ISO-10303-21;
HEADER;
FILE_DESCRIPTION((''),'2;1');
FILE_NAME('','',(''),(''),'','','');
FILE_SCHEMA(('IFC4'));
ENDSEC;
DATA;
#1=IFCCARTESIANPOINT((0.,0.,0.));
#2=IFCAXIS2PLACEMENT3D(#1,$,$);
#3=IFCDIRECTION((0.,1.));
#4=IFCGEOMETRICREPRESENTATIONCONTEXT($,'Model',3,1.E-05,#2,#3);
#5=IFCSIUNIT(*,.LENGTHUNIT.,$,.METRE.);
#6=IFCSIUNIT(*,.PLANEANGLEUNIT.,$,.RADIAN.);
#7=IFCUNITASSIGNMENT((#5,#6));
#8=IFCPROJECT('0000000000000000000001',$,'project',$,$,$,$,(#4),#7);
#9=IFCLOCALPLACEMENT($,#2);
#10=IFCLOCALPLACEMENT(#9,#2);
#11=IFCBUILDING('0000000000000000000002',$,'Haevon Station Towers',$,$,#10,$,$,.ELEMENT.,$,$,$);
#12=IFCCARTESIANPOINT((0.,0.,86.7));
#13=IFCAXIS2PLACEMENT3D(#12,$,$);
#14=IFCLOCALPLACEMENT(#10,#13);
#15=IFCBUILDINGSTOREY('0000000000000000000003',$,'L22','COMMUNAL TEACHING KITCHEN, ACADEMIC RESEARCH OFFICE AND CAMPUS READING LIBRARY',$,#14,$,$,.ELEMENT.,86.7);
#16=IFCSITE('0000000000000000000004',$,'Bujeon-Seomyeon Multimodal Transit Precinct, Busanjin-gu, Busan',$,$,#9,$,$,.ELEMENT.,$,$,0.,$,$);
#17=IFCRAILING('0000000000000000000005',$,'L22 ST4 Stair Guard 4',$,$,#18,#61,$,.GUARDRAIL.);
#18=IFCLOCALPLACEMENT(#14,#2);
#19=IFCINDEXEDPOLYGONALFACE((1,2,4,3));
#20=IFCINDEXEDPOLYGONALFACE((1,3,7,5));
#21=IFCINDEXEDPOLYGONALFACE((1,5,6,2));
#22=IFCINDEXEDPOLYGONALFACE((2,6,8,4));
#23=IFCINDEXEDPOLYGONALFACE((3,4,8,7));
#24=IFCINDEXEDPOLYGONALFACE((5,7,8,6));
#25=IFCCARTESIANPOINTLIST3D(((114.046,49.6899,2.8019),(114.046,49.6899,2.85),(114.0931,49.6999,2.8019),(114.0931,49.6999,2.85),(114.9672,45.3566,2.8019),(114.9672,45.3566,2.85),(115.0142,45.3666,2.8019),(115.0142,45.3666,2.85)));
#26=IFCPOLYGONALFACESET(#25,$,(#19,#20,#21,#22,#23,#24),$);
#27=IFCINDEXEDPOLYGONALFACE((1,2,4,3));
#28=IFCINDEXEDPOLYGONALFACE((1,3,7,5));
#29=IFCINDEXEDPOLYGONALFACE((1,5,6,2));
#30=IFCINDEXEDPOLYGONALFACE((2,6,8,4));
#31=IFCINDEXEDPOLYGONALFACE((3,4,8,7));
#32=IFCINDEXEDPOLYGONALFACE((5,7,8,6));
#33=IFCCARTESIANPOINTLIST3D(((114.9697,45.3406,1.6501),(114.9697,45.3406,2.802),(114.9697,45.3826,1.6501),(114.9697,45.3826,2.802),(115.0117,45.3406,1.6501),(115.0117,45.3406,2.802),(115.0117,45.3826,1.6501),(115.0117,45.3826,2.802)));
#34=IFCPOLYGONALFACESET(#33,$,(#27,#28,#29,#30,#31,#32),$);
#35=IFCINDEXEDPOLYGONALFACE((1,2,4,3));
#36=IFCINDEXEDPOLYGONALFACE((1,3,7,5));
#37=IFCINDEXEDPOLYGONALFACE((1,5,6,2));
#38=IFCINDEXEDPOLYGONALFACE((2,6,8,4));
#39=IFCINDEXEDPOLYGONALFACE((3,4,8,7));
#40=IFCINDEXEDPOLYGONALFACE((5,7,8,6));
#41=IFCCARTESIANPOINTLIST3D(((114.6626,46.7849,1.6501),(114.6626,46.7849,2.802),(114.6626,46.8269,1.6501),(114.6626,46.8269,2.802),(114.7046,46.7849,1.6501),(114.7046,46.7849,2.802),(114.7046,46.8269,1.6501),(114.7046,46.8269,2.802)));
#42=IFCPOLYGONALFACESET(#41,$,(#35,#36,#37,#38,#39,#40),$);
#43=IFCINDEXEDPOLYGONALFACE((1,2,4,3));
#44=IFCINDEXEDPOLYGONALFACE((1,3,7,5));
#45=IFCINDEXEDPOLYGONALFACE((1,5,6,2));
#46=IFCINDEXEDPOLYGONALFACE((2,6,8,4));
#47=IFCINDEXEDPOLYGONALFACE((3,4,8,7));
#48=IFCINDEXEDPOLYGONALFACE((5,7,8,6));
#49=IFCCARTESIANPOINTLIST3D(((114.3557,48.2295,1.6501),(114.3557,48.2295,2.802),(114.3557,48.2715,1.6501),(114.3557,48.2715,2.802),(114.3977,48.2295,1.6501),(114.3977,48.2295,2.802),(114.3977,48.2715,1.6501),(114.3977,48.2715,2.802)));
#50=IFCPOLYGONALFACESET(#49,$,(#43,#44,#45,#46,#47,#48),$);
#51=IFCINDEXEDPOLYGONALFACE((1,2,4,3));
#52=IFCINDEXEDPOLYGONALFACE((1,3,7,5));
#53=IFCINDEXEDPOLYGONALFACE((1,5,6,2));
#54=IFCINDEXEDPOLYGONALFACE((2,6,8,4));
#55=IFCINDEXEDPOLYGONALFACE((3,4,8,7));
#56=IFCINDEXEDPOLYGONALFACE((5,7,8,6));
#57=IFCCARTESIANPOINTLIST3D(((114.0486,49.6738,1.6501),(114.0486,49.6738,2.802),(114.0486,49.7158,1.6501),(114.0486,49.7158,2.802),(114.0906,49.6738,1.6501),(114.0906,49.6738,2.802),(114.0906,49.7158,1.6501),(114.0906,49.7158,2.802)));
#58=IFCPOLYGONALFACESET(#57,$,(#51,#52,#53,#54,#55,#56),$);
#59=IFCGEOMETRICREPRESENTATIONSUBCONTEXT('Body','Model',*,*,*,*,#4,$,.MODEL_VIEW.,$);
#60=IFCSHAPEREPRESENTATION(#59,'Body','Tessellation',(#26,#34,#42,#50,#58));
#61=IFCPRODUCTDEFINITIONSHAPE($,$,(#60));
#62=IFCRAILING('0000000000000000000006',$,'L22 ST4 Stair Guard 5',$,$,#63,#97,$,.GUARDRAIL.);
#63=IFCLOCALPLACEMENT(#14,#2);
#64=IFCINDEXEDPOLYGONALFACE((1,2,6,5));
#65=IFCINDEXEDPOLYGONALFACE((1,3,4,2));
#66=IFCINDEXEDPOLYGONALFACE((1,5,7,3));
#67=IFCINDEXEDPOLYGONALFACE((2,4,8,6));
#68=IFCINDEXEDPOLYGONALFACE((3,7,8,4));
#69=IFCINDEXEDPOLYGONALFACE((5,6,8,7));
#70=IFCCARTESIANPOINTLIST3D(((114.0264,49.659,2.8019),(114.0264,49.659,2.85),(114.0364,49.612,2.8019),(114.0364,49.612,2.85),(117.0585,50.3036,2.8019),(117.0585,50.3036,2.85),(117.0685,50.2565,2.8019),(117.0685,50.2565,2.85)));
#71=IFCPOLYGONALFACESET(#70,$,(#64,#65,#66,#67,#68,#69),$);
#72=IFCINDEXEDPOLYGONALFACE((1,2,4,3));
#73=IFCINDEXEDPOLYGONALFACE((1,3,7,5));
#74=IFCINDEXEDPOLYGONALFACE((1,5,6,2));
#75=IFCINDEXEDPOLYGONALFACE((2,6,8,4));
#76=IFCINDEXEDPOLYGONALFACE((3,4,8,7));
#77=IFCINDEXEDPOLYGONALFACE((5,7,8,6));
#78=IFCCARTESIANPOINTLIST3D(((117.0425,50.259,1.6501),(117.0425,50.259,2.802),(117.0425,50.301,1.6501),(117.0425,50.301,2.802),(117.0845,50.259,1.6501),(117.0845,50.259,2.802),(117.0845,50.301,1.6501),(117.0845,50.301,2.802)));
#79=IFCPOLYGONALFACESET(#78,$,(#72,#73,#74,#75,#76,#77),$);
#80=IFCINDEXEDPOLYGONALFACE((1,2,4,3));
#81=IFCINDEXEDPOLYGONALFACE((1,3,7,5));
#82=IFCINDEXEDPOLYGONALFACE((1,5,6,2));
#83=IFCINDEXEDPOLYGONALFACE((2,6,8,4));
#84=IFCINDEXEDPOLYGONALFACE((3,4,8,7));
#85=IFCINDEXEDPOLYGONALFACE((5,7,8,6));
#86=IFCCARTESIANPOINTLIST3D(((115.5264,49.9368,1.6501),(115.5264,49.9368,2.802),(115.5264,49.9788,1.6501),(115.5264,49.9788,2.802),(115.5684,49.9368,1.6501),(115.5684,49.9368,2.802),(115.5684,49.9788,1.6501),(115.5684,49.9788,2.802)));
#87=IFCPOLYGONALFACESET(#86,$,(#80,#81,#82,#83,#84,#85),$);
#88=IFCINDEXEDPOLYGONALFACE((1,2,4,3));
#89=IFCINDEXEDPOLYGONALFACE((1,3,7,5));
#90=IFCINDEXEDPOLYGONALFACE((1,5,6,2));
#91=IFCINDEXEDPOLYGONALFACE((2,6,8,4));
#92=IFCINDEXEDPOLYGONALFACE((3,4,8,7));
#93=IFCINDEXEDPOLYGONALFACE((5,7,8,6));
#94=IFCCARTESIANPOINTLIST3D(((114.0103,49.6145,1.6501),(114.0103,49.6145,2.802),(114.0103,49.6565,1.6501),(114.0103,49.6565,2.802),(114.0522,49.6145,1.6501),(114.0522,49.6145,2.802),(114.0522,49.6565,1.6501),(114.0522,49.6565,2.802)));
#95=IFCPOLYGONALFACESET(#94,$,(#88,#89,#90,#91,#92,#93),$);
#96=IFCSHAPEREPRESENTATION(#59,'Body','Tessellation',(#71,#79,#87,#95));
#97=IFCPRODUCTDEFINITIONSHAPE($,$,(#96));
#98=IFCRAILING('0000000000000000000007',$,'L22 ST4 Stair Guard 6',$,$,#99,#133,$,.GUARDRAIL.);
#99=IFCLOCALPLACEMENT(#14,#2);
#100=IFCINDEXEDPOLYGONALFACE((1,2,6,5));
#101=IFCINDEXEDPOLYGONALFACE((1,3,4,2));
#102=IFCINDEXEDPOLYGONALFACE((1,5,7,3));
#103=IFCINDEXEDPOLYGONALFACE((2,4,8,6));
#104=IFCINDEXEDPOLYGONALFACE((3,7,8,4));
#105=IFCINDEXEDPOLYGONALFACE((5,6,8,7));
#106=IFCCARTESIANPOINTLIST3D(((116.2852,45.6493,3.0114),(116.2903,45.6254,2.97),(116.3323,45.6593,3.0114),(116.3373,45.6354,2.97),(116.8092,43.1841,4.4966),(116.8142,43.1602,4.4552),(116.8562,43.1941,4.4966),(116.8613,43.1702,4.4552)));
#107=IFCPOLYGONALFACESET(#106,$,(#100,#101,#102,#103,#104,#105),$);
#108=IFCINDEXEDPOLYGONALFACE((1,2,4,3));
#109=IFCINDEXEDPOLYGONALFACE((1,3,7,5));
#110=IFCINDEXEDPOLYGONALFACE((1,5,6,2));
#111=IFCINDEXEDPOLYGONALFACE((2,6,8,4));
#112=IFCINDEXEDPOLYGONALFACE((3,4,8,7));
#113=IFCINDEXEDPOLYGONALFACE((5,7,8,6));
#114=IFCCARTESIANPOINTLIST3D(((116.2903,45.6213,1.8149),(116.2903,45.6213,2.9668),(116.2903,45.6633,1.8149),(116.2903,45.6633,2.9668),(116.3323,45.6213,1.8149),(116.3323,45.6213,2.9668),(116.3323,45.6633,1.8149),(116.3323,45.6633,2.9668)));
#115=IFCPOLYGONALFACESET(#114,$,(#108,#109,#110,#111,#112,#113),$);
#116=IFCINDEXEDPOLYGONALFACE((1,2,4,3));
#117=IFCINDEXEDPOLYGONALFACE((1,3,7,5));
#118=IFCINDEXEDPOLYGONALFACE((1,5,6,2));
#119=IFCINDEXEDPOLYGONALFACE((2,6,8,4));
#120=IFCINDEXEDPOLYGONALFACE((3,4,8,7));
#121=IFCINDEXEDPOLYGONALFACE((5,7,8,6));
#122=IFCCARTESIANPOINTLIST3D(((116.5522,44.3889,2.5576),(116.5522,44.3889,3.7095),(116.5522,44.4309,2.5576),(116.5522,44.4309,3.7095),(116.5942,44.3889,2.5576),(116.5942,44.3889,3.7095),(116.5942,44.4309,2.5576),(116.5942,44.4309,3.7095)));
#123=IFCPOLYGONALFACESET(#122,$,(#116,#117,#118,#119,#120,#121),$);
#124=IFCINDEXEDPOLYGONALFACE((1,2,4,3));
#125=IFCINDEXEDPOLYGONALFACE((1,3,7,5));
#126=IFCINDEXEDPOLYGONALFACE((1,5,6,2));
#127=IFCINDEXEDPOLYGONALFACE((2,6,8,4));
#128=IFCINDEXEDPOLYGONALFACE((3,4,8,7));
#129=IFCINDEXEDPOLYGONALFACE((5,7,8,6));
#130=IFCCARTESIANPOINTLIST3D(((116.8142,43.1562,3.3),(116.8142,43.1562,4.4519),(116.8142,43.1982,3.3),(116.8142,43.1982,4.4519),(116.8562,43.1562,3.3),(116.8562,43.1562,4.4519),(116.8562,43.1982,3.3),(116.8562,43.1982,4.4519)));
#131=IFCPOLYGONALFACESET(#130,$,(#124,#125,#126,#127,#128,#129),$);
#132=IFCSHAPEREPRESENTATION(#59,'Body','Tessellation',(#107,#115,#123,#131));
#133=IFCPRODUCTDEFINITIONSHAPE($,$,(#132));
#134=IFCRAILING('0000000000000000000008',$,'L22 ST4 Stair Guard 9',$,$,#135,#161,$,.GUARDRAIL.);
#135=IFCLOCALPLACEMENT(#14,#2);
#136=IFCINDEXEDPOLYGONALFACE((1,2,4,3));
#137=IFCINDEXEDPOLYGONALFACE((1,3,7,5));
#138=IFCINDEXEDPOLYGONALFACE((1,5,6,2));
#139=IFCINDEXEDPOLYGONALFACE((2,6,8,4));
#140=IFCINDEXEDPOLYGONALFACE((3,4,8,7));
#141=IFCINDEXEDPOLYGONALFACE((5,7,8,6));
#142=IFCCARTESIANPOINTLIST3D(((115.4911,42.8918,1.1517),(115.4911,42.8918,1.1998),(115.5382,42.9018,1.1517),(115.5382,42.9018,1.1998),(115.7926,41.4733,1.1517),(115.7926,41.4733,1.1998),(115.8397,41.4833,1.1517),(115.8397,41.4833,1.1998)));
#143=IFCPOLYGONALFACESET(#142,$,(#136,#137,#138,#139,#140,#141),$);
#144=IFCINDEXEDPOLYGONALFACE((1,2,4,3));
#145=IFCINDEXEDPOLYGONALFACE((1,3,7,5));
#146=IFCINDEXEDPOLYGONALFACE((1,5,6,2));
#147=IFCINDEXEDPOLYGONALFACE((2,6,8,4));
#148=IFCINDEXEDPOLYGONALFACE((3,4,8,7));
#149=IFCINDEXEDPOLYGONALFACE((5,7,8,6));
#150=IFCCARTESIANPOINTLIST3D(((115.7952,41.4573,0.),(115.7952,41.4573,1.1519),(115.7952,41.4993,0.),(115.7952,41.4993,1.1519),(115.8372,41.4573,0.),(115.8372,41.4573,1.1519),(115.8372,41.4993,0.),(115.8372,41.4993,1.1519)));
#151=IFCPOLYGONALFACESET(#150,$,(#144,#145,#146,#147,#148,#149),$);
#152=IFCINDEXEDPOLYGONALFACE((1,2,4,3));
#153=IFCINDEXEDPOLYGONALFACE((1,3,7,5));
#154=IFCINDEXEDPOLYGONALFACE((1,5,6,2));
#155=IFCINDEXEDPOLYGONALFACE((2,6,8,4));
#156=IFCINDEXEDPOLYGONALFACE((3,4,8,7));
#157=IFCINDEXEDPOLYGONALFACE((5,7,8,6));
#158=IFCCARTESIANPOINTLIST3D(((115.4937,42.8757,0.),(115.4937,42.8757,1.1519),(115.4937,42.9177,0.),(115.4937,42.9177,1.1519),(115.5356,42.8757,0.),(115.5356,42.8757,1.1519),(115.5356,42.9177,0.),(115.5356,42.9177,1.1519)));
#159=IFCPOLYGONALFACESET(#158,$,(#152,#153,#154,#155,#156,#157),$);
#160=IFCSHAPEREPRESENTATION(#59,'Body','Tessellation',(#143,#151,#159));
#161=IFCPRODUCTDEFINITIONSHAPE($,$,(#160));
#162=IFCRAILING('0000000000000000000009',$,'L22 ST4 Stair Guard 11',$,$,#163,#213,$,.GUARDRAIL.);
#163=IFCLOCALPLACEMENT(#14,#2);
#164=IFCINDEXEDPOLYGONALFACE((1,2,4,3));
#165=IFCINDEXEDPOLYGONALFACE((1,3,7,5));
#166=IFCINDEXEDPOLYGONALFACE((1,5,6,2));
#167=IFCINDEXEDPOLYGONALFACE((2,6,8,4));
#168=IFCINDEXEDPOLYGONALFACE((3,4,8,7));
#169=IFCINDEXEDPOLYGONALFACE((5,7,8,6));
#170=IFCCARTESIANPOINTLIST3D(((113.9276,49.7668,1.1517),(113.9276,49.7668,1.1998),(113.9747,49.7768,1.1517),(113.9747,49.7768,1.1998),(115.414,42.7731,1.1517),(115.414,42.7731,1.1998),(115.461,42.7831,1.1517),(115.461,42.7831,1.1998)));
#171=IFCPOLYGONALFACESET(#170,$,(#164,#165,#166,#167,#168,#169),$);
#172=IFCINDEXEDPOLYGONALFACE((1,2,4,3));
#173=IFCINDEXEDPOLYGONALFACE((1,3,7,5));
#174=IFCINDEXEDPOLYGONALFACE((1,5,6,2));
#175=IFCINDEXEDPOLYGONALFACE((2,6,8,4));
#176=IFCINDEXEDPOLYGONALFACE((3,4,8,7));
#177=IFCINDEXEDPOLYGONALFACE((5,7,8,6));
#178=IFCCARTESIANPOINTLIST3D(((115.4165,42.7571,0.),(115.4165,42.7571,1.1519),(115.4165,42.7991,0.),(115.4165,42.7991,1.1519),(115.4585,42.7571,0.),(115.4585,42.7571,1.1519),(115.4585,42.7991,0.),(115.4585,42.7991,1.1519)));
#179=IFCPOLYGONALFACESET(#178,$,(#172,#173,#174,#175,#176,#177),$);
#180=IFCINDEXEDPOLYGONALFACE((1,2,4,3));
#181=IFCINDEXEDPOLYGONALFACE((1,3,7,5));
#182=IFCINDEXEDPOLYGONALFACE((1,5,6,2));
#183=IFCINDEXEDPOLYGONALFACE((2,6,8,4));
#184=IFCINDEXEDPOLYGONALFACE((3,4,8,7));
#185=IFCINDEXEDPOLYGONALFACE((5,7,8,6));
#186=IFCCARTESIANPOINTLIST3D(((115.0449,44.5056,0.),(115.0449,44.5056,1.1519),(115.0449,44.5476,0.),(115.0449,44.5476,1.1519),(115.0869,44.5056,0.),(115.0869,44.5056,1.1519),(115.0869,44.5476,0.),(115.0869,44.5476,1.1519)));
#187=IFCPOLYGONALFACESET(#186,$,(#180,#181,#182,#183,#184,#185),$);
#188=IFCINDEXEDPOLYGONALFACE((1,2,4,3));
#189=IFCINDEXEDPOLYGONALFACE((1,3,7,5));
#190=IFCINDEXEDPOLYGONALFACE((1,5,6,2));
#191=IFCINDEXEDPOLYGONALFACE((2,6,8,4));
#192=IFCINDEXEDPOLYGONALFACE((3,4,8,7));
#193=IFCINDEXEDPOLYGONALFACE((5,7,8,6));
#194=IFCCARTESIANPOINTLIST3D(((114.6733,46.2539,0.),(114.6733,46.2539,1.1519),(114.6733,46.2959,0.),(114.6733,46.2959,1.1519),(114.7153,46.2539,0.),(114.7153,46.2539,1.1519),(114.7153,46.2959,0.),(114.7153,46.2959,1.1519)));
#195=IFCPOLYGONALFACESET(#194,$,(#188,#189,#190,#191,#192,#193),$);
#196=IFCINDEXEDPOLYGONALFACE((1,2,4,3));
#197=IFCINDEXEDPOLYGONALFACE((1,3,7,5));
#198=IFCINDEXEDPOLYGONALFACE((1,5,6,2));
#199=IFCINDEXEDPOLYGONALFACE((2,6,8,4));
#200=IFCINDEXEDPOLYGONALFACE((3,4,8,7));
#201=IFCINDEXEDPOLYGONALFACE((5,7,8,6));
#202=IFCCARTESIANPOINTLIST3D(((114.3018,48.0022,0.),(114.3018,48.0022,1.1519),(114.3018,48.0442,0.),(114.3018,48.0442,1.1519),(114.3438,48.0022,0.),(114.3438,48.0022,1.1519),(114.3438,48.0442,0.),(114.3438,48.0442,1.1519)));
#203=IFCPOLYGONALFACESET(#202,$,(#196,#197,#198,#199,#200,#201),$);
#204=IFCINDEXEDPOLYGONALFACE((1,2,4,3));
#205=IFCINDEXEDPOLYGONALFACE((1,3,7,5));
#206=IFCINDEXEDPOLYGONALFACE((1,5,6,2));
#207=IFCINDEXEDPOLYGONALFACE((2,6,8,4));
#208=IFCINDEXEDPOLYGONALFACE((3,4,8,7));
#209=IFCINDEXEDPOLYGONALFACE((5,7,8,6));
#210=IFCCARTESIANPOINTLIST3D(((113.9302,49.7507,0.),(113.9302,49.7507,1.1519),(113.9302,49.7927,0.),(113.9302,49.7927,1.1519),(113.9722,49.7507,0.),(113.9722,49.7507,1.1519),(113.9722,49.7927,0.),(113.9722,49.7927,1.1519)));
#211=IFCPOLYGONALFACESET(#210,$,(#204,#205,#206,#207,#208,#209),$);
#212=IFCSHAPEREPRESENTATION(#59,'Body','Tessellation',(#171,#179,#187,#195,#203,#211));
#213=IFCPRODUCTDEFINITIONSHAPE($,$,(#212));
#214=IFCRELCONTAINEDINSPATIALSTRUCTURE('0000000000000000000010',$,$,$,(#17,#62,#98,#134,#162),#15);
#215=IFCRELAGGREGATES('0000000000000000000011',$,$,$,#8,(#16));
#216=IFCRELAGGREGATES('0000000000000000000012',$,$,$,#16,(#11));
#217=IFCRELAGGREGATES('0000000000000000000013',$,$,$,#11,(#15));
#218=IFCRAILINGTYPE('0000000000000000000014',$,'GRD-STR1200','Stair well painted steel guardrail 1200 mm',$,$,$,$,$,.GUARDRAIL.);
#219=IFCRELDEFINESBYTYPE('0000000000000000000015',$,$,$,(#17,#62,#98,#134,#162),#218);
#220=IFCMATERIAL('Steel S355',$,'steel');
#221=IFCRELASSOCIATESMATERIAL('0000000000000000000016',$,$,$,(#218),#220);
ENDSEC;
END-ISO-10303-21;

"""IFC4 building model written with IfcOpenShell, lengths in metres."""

from ifc_helpers import new_model, si_unit, direction, frame, origin, origin_2d, place, context, subcontext, project, spatial, rectangle, extrude, material, type_object, element, save


model = new_model("IFC4")

# Units and contexts
model_context = context("Model", 3, precision=1e-05, world=origin(), true_north=direction((0.0, 1.0)))
body_context = subcontext(model_context, "Body", "Model", "MODEL_VIEW")
ifc_project = project(units=[si_unit("LENGTHUNIT", "METRE"), si_unit("PLANEANGLEUNIT", "RADIAN")], contexts=[model_context])

# Site, building, storey
site_placement = place(None, origin())
site = spatial("IfcSite", under=ifc_project, at=site_placement, Name="Bujeon-Seomyeon Multimodal Transit Precinct, Busanjin-gu, Busan", CompositionType="ELEMENT", RefElevation=0.0)
building_placement = place(site_placement, origin())
building = spatial("IfcBuilding", under=site, at=building_placement, Name="Haevon Station Towers", CompositionType="ELEMENT")
storey_placement = place(building_placement, frame((0.0, 0.0, 86.7)))
storey = spatial("IfcBuildingStorey", under=building, at=storey_placement, Name="L22", Description="COMMUNAL TEACHING KITCHEN, ACADEMIC RESEARCH OFFICE AND CAMPUS READING LIBRARY", CompositionType="ELEMENT", Elevation=86.7)

# Shared definitions
ifc_material_1 = material(Name="Steel S355", Category="steel")

# Railings
railing_type_1 = type_object("IfcRailingType", Name="GRD-STR1200", Description="Stair well painted steel guardrail 1200 mm", PredefinedType="GUARDRAIL", material=ifc_material_1)
railing_1_placement = place(storey_placement, frame((114.9907, 45.3616, 1.6501)))
element("IfcRailing", 1, at=railing_1_placement, inside=storey, type_object=railing_type_1, Name="L22 ST4 Stair Guard 4", PredefinedType="GUARDRAIL", context=body_context, shape_type="SweptSolid", body=[
    extrude(rectangle(XDim=0.0481, YDim=0.0481, at=origin_2d()), frame((0.0, 0.0, 1.1758), z_axis=(-0.207929, 0.978144, 0.0), x_axis=(-0.978144, -0.207929, 0.0)), (0.0, 0.0, 1.0), 4.4302),
    extrude(rectangle(XDim=0.042, YDim=0.042, at=origin_2d()), origin(), (0.0, 0.0, 1.0), 1.1519),
    extrude(rectangle(XDim=0.042, YDim=0.042, at=origin_2d()), frame((-0.3071, 1.4443, 0.0)), (0.0, 0.0, 1.0), 1.1519),
    extrude(rectangle(XDim=0.042, YDim=0.042, at=origin_2d()), frame((-0.614, 2.8889, 0.0)), (0.0, 0.0, 1.0), 1.1519),
    extrude(rectangle(XDim=0.042, YDim=0.042, at=origin_2d()), frame((-0.9211, 4.3333, 0.0)), (0.0, 0.0, 1.0), 1.1519),
])
railing_2_placement = place(storey_placement, frame((117.0635, 50.28, 1.6501)))
element("IfcRailing", 2, at=railing_2_placement, inside=storey, type_object=railing_type_1, Name="L22 ST4 Stair Guard 5", PredefinedType="GUARDRAIL", context=body_context, shape_type="SweptSolid", body=[
    extrude(rectangle(XDim=0.0481, YDim=0.0481, at=origin_2d()), frame((0.0, 0.0, 1.1758), z_axis=(-0.978147, -0.207915, 0.0), x_axis=(0.207915, -0.978147, 0.0)), (0.0, 0.0, 1.0), 3.0999),
    extrude(rectangle(XDim=0.042, YDim=0.042, at=origin_2d()), origin(), (0.0, 0.0, 1.0), 1.1519),
    extrude(rectangle(XDim=0.042, YDim=0.042, at=origin_2d()), frame((-1.5161, -0.3223, 0.0)), (0.0, 0.0, 1.0), 1.1519),
    extrude(rectangle(XDim=0.042, YDim=0.042, at=origin_2d()), frame((-3.0322, -0.6445, 0.0)), (0.0, 0.0, 1.0), 1.1519),
])
railing_3_placement = place(storey_placement, frame((116.3113, 45.6423, 1.8149)))
element("IfcRailing", 3, at=railing_3_placement, inside=storey, type_object=railing_type_1, Name="L22 ST4 Stair Guard 6", PredefinedType="GUARDRAIL", context=body_context, shape_type="SweptSolid", body=[
    extrude(rectangle(XDim=0.0481, YDim=0.0481, at=origin_2d()), frame((0.0, 0.0, 1.1758), z_axis=(0.179109, -0.842712, 0.507697), x_axis=(0.978151, 0.207895, 0.0)), (0.0, 0.0, 1.0), 2.9253),
    extrude(rectangle(XDim=0.042, YDim=0.042, at=origin_2d()), origin(), (0.0, 0.0, 1.0), 1.1519),
    extrude(rectangle(XDim=0.042, YDim=0.042, at=origin_2d()), frame((0.262, -1.2324, 0.7427)), (0.0, 0.0, 1.0), 1.1519),
    extrude(rectangle(XDim=0.042, YDim=0.042, at=origin_2d()), frame((0.5239, -2.4651, 1.4851)), (0.0, 0.0, 1.0), 1.1519),
])
railing_4_placement = place(storey_placement, frame((115.8162, 41.4783, 0.0)))
element("IfcRailing", 4, at=railing_4_placement, inside=storey, type_object=railing_type_1, Name="L22 ST4 Stair Guard 9", PredefinedType="GUARDRAIL", context=body_context, shape_type="SweptSolid", body=[
    extrude(rectangle(XDim=0.0481, YDim=0.0481, at=origin_2d()), frame((0.0, 0.0, 1.1758), z_axis=(-0.207919, 0.978146, 0.0), x_axis=(-0.978146, -0.207919, 0.0)), (0.0, 0.0, 1.0), 1.4502),
    extrude(rectangle(XDim=0.042, YDim=0.042, at=origin_2d()), origin(), (0.0, 0.0, 1.0), 1.1519),
    extrude(rectangle(XDim=0.042, YDim=0.042, at=origin_2d()), frame((-0.3015, 1.4185, 0.0)), (0.0, 0.0, 1.0), 1.1519),
])
railing_5_placement = place(storey_placement, frame((115.4375, 42.7781, 0.0)))
element("IfcRailing", 5, at=railing_5_placement, inside=storey, type_object=railing_type_1, Name="L22 ST4 Stair Guard 11", PredefinedType="GUARDRAIL", context=body_context, shape_type="SweptSolid", body=[
    extrude(rectangle(XDim=0.0481, YDim=0.0481, at=origin_2d()), frame((0.0, 0.0, 1.1758), z_axis=(-0.207882, 0.978154, 0.0), x_axis=(-0.978154, -0.207882, 0.0)), (0.0, 0.0, 1.0), 7.1499),
    extrude(rectangle(XDim=0.042, YDim=0.042, at=origin_2d()), origin(), (0.0, 0.0, 1.0), 1.1519),
    extrude(rectangle(XDim=0.042, YDim=0.042, at=origin_2d()), frame((-0.3716, 1.7485, 0.0)), (0.0, 0.0, 1.0), 1.1519),
    extrude(rectangle(XDim=0.042, YDim=0.042, at=origin_2d()), frame((-0.7432, 3.4968, 0.0)), (0.0, 0.0, 1.0), 1.1519),
    extrude(rectangle(XDim=0.042, YDim=0.042, at=origin_2d()), frame((-1.1147, 5.2451, 0.0)), (0.0, 0.0, 1.0), 1.1519),
    extrude(rectangle(XDim=0.042, YDim=0.042, at=origin_2d()), frame((-1.4863, 6.9937, 0.0)), (0.0, 0.0, 1.0), 1.1519),
])

save(model, "model.ifc")
